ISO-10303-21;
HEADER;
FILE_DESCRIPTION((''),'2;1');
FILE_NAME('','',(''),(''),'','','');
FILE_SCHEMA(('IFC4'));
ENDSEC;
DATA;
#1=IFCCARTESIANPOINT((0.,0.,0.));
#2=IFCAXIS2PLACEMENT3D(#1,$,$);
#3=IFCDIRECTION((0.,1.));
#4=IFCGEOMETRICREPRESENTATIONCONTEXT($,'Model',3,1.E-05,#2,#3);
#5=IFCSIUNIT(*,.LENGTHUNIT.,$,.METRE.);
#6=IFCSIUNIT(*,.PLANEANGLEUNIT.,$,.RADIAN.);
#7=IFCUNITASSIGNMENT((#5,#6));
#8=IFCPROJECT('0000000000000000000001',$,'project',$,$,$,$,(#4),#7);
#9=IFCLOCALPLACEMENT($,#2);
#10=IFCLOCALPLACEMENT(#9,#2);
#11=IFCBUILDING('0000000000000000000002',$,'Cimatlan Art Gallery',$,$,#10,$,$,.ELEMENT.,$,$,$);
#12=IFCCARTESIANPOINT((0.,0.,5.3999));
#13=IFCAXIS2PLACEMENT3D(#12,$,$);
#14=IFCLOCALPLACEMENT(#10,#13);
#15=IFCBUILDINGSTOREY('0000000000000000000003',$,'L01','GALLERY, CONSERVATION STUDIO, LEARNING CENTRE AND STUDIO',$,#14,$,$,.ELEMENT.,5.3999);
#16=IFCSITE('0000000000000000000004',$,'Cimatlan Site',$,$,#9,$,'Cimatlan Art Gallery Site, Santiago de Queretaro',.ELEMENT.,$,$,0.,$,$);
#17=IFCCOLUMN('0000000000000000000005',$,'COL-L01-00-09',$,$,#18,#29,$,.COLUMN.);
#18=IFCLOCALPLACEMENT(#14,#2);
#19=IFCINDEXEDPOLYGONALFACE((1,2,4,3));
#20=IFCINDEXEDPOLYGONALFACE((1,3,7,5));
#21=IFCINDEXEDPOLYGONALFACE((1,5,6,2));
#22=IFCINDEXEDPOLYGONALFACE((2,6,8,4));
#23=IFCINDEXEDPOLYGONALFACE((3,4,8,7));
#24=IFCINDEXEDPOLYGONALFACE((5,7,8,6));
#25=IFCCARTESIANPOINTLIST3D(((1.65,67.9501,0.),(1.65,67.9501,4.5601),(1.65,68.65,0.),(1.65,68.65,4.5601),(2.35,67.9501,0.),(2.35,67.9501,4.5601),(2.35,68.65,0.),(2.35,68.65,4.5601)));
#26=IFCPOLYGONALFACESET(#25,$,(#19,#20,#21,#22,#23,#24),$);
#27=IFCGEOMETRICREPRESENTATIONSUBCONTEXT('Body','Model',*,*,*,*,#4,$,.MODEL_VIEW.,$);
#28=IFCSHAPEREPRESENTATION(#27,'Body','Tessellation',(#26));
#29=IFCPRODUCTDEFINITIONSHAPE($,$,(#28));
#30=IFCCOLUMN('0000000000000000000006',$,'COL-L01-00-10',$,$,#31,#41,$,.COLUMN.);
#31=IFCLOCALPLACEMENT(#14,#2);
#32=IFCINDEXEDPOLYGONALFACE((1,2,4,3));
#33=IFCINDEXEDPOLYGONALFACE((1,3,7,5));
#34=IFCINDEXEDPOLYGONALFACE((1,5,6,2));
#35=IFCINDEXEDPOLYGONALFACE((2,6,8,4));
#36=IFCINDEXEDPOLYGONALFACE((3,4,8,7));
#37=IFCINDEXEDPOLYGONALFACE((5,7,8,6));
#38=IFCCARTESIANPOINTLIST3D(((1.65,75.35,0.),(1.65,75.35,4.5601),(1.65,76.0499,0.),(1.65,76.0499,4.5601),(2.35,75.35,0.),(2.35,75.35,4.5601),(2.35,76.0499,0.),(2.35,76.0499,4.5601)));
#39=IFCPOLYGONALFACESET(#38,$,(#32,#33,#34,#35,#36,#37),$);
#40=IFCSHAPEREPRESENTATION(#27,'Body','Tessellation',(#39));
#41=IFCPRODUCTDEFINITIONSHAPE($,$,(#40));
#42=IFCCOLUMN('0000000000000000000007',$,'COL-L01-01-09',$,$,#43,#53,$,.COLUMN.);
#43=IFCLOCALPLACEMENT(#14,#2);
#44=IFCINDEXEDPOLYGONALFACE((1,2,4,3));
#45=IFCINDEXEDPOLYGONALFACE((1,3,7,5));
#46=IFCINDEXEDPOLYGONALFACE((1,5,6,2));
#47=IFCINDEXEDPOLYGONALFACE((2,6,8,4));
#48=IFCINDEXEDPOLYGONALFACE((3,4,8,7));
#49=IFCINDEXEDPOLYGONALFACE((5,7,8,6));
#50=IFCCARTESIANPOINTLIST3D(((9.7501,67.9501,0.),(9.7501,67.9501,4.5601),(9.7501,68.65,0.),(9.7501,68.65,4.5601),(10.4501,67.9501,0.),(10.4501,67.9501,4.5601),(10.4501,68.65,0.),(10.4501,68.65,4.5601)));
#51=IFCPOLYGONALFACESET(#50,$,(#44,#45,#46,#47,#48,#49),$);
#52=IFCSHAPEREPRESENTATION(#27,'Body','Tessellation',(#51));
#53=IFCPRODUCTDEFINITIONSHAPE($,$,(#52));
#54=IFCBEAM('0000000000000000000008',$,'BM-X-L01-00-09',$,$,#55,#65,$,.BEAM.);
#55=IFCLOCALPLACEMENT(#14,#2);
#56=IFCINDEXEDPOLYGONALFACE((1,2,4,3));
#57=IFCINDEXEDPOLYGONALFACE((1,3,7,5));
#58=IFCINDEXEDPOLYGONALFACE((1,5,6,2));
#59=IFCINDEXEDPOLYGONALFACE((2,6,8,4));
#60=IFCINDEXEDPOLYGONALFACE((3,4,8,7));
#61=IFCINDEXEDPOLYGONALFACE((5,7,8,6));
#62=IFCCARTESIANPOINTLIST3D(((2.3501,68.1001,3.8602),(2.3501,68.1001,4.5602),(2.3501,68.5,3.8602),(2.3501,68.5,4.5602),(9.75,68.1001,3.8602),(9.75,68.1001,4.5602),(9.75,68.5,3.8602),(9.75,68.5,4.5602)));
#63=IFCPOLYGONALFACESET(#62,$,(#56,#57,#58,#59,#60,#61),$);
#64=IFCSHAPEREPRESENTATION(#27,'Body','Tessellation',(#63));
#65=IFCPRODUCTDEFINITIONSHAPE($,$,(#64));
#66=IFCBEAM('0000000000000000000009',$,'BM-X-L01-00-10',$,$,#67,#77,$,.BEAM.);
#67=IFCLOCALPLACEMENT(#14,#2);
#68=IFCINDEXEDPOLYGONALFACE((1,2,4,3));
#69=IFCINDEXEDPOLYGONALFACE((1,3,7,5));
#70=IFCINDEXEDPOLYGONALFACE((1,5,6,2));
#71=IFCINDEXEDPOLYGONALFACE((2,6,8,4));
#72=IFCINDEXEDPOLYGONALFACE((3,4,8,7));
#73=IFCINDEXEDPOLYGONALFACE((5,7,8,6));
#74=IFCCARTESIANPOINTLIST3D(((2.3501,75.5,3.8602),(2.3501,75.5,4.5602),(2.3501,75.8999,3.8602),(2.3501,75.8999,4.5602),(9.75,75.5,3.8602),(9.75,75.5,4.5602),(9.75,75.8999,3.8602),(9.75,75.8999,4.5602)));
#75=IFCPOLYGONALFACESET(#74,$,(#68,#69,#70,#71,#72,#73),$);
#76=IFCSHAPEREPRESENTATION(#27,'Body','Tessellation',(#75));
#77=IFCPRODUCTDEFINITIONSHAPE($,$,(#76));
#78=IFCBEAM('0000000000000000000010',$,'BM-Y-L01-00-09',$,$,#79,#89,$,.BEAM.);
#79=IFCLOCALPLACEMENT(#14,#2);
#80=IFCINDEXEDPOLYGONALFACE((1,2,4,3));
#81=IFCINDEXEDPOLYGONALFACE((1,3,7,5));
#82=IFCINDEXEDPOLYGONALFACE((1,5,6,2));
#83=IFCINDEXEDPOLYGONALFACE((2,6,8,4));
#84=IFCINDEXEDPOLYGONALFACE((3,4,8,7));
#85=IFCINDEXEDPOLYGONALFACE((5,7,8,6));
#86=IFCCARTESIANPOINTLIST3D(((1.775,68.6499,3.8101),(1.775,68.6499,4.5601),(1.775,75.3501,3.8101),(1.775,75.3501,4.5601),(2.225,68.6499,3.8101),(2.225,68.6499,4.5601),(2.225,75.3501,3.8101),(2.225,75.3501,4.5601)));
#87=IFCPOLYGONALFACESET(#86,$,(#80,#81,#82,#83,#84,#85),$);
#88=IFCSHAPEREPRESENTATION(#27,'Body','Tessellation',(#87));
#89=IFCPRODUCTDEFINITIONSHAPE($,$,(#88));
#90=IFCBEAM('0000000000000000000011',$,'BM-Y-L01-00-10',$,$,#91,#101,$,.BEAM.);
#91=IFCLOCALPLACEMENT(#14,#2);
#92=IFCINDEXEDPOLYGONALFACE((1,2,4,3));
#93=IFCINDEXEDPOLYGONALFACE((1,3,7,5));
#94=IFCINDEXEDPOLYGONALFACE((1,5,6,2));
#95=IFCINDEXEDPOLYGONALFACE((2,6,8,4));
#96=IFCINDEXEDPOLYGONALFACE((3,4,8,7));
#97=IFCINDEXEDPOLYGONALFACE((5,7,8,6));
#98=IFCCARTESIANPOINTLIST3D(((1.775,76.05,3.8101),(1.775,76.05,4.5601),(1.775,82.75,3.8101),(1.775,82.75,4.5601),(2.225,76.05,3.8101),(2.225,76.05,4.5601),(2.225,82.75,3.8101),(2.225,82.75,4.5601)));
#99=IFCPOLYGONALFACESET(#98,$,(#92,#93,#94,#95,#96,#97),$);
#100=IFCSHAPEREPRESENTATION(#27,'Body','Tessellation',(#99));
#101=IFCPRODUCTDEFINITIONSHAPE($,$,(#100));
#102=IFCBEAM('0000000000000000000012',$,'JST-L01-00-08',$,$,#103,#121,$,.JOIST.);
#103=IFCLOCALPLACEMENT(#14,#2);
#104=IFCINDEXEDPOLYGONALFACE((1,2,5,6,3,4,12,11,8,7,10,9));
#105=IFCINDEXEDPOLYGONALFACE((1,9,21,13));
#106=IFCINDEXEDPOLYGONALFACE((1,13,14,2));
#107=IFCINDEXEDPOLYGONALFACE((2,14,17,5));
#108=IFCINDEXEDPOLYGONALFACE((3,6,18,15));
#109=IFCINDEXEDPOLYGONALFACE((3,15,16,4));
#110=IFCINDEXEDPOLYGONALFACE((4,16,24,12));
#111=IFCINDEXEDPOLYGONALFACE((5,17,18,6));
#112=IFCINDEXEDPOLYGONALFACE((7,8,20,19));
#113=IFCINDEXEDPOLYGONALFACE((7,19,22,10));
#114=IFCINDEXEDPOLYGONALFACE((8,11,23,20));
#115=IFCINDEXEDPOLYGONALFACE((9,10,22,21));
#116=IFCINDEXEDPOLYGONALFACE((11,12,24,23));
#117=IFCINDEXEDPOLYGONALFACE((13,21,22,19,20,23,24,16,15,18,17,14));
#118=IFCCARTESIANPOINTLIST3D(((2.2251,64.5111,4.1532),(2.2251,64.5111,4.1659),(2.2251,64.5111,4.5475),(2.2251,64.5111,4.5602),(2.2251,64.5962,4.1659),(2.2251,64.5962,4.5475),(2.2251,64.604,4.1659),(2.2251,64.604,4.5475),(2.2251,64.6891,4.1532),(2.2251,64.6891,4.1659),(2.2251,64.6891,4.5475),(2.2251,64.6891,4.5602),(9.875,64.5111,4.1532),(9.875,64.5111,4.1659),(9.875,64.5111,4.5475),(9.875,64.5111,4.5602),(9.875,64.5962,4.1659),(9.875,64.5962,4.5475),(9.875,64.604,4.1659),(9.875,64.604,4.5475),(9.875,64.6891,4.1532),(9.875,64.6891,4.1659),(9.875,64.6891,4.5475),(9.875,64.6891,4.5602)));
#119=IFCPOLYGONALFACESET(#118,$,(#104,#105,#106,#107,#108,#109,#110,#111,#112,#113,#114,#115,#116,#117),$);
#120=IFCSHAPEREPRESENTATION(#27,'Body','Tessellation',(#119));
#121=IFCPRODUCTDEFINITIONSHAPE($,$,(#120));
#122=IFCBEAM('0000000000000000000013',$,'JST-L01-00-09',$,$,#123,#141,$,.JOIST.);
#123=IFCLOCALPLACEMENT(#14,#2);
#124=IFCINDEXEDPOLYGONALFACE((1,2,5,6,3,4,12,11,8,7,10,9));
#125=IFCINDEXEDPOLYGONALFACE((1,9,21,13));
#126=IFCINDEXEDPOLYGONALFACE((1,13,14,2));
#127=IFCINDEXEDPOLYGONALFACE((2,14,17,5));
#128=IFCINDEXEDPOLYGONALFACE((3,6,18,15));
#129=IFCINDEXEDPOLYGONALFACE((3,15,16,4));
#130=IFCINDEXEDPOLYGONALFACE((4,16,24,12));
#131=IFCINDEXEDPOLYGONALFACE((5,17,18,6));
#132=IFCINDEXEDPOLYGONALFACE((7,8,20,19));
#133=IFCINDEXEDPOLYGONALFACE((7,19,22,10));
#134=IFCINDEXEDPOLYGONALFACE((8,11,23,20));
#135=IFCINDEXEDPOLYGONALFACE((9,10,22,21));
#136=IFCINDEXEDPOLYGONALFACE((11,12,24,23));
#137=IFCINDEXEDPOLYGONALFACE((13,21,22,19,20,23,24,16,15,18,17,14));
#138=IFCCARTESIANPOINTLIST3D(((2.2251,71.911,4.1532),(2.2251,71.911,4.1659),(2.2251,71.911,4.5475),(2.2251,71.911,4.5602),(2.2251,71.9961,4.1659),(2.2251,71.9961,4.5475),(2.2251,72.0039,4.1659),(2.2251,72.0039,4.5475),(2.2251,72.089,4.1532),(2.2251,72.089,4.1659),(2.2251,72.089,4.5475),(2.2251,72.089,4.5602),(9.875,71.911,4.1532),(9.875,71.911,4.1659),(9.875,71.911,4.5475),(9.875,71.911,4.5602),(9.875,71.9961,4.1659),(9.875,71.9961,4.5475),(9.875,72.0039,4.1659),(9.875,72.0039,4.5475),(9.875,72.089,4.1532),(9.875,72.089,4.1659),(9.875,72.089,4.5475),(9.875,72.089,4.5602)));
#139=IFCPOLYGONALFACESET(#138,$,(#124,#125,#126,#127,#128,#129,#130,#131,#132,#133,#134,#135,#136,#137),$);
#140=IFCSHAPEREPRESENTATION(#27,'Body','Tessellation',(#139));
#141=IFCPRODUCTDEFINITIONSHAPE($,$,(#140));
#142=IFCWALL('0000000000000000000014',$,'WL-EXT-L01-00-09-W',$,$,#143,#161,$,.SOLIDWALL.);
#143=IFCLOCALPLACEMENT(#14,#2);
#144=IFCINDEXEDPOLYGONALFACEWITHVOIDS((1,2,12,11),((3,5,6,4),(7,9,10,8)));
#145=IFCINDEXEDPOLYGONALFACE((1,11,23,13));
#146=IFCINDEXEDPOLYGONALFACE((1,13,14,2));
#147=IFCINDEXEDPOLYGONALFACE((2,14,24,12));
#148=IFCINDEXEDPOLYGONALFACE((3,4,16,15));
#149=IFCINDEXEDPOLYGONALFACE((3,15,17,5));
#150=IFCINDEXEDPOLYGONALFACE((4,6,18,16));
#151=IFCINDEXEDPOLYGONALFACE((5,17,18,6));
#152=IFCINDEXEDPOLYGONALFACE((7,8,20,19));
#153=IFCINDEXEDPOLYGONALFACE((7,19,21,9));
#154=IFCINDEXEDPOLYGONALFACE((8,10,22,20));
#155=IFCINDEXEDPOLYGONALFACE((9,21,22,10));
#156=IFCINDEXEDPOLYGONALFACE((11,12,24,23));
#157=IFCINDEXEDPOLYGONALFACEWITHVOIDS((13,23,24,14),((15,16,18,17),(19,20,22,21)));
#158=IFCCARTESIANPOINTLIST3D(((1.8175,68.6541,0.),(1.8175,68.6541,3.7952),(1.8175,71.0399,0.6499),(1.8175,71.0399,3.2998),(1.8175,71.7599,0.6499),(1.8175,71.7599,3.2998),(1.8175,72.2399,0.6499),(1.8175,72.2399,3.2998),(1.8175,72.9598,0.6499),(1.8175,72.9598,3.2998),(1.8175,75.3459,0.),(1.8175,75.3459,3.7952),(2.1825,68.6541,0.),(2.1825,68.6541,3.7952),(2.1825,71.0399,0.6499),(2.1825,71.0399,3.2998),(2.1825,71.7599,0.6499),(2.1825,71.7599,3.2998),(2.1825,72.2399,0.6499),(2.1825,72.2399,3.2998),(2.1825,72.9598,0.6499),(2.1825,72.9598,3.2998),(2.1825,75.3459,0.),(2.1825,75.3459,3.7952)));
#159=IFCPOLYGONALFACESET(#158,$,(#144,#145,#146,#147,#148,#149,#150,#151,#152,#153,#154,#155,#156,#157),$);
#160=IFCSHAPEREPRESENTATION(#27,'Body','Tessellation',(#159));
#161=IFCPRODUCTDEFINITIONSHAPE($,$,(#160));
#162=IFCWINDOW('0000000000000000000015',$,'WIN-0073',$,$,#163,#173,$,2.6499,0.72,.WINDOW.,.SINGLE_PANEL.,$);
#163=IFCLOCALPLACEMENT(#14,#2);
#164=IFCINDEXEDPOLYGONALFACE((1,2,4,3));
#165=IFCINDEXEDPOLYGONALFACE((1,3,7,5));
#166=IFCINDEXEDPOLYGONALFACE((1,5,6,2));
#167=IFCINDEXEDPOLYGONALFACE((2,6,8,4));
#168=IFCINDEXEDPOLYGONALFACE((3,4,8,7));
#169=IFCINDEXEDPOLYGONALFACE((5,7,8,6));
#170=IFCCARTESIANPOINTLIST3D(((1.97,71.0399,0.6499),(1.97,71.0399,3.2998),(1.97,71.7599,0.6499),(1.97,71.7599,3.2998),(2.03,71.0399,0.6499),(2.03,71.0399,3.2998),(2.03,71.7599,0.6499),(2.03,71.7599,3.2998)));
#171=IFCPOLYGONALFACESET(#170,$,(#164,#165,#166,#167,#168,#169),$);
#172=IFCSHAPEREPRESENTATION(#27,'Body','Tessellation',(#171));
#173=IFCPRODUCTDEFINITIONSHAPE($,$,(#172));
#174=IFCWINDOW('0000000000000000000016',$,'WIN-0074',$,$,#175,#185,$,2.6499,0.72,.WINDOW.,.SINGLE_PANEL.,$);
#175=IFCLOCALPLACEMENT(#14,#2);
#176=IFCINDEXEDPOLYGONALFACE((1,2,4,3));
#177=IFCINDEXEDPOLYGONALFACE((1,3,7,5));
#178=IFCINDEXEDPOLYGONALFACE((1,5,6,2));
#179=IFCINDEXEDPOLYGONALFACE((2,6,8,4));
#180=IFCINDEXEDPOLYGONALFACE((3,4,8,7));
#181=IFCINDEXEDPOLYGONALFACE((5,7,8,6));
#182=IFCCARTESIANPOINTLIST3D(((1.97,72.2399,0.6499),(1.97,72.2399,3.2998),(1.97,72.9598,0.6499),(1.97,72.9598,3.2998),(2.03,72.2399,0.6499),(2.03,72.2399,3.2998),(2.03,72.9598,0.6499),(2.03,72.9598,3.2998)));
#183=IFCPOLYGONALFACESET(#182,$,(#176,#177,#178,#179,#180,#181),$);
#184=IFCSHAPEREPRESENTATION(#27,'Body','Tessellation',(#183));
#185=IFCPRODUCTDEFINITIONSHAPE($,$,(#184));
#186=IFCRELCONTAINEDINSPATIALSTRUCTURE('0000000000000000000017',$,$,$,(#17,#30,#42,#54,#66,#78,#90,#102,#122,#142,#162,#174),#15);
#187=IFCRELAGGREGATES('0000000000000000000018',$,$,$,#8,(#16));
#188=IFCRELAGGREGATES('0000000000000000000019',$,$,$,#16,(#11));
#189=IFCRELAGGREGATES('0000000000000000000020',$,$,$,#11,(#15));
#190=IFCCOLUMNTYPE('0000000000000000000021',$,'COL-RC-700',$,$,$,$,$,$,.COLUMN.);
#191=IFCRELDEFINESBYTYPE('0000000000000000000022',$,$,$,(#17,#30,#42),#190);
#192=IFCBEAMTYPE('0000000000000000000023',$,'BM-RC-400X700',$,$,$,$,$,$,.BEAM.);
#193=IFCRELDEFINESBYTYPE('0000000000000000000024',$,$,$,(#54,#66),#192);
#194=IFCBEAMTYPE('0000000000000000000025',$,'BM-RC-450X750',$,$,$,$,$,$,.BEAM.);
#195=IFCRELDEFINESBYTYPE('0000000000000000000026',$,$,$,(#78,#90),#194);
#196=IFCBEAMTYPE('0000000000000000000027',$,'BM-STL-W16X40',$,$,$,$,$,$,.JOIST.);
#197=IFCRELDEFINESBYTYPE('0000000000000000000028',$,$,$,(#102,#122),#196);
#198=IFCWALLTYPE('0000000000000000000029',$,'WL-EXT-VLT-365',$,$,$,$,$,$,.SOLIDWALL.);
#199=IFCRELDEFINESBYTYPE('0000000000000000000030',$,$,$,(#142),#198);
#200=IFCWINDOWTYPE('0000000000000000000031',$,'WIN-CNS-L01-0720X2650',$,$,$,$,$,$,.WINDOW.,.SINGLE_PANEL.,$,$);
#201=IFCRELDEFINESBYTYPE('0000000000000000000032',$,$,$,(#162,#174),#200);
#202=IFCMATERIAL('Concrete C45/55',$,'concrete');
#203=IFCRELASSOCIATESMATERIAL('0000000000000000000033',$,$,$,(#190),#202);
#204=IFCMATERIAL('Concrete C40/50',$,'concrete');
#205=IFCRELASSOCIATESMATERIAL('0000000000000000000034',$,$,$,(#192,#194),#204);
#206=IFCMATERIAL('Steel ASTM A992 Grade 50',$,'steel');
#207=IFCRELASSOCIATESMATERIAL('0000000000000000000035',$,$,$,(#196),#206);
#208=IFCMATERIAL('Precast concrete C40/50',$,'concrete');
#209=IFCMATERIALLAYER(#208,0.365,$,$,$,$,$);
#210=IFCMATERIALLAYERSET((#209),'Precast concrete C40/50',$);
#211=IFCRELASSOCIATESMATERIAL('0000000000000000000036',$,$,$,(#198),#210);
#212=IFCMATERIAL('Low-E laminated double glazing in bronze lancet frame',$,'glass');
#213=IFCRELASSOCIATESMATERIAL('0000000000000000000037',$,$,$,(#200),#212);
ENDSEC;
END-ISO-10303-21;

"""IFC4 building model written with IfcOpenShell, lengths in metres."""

from ifc_helpers import new_model, si_unit, direction, frame, frame_2d, origin, origin_2d, place, context, subcontext, project, spatial, rectangle, i_section, extrude, material, layer, layer_set, material_profile, profile_set, type_object, element, fill, save


model = new_model("IFC4")

# Units and contexts
model_context = context("Model", 3, precision=1e-05, world=origin(), true_north=direction((0.0, 1.0)))
body_context = subcontext(model_context, "Body", "Model", "MODEL_VIEW")
ifc_project = project(units=[si_unit("LENGTHUNIT", "METRE"), si_unit("PLANEANGLEUNIT", "RADIAN")], contexts=[model_context])

# Site, building, storey
site_placement = place(None, origin())
site = spatial("IfcSite", under=ifc_project, at=site_placement, Name="Cimatlan Site", LongName="Cimatlan Art Gallery Site, Santiago de Queretaro", CompositionType="ELEMENT", RefElevation=0.0)
building_placement = place(site_placement, origin())
building = spatial("IfcBuilding", under=site, at=building_placement, Name="Cimatlan Art Gallery", CompositionType="ELEMENT")
storey_placement = place(building_placement, frame((0.0, 0.0, 5.3999)))
storey = spatial("IfcBuildingStorey", under=building, at=storey_placement, Name="L01", Description="GALLERY, CONSERVATION STUDIO, LEARNING CENTRE AND STUDIO", CompositionType="ELEMENT", Elevation=5.3999)

# Columns
ifc_material_1 = material(Name="Concrete C45/55", Category="concrete")
ifc_material_profile_1 = material_profile(ifc_material_1, rectangle(XDim=0.7, YDim=0.7, at=origin_2d()), Name="RC700X700")
ifc_profile_set_1 = profile_set([ifc_material_profile_1], Name="Concrete C45/55")
column_type = type_object("IfcColumnType", Name="COL-RC-700", PredefinedType="COLUMN", material=ifc_profile_set_1)
for number, where, z_axis, x_axis, name in (
    (1, (2.0, 68.3, 0.0), (0.0, 0.0, 1.0), (1.0, 0.0, 0.0), "COL-L01-00-09"),
    (2, (2.0, 75.7, 0.0), (0.0, 0.0, 1.0), (1.0, 0.0, 0.0), "COL-L01-00-10"),
    (3, (10.1001, 68.3, 0.0), (0.0, 0.0, 1.0), (1.0, 0.0, 0.0), "COL-L01-01-09"),
):
    element("IfcColumn", number, at=place(storey_placement, frame(where, z_axis=z_axis, x_axis=x_axis)), inside=storey, type_object=column_type, Name=name, PredefinedType="COLUMN", context=body_context, shape_type="SweptSolid", body=[
        extrude(rectangle(XDim=0.7, YDim=0.7, at=origin_2d()), origin(), (0.0, 0.0, 1.0), 4.5601),
    ])

# Beams
ifc_material_2 = material(Name="Concrete C40/50", Category="concrete")
ifc_material_profile_2 = material_profile(ifc_material_2, rectangle(XDim=0.3999, YDim=0.7, at=origin_2d()), Name="RC400X700")
ifc_profile_set_2 = profile_set([ifc_material_profile_2], Name="Concrete C40/50")
beam_type_1 = type_object("IfcBeamType", Name="BM-RC-400X700", PredefinedType="BEAM", material=ifc_profile_set_2)
for number, where, z_axis, x_axis, name in (
    (4, (2.3501, 68.3, 4.2102), (1.0, 0.0, 0.0), (0.0, 1.0, 0.0), "BM-X-L01-00-09"),
    (5, (2.3501, 75.7, 4.2102), (1.0, 0.0, 0.0), (0.0, 1.0, 0.0), "BM-X-L01-00-10"),
):
    element("IfcBeam", number, at=place(storey_placement, frame(where, z_axis=z_axis, x_axis=x_axis)), inside=storey, type_object=beam_type_1, Name=name, PredefinedType="BEAM", context=body_context, shape_type="SweptSolid", body=[
        extrude(rectangle(XDim=0.3999, YDim=0.7, at=origin_2d()), origin(), (0.0, 0.0, 1.0), 7.3999),
    ])
ifc_material_profile_3 = material_profile(ifc_material_2, rectangle(XDim=0.45, YDim=0.75, at=origin_2d()), Name="RC450X750")
ifc_profile_set_3 = profile_set([ifc_material_profile_3], Name="Concrete C40/50")
beam_type_2 = type_object("IfcBeamType", Name="BM-RC-450X750", PredefinedType="BEAM", material=ifc_profile_set_3)
beam_1_placement = place(storey_placement, frame((2.0, 68.6499, 4.1851), z_axis=(0.0, 1.0, 0.0), x_axis=(-1.0, 0.0, 0.0)))
element("IfcBeam", 6, at=beam_1_placement, inside=storey, type_object=beam_type_2, Name="BM-Y-L01-00-09", PredefinedType="BEAM", context=body_context, shape_type="SweptSolid", body=[
    extrude(rectangle(XDim=0.45, YDim=0.75, at=origin_2d()), origin(), (0.0, 0.0, 1.0), 6.7002),
])
beam_2_placement = place(storey_placement, frame((2.0, 76.05, 4.1851), z_axis=(0.0, 1.0, 0.0), x_axis=(-1.0, 0.0, 0.0)))
element("IfcBeam", 7, at=beam_2_placement, inside=storey, type_object=beam_type_2, Name="BM-Y-L01-00-10", PredefinedType="BEAM", context=body_context, shape_type="SweptSolid", body=[
    extrude(rectangle(XDim=0.45, YDim=0.75, at=origin_2d()), origin(), (0.0, 0.0, 1.0), 6.7),
])
ifc_material_3 = material(Name="Steel ASTM A992 Grade 50", Category="steel")
ifc_material_profile_4 = material_profile(ifc_material_3, i_section(OverallWidth=0.178, OverallDepth=0.407, WebThickness=0.0078, FlangeThickness=0.0127, at=origin_2d()), Name="W16X40")
ifc_profile_set_4 = profile_set([ifc_material_profile_4], Name="Steel ASTM A992 Grade 50")
beam_type_3 = type_object("IfcBeamType", Name="BM-STL-W16X40", PredefinedType="JOIST", material=ifc_profile_set_4)
for number, where, z_axis, x_axis, name in (
    (8, (2.2251, 64.6001, 4.3567), (1.0, 0.0, 0.0), (0.0, 1.0, 0.0), "JST-L01-00-08"),
    (9, (2.2251, 72.0, 4.3567), (1.0, 0.0, 0.0), (0.0, 1.0, 0.0), "JST-L01-00-09"),
):
    element("IfcBeam", number, at=place(storey_placement, frame(where, z_axis=z_axis, x_axis=x_axis)), inside=storey, type_object=beam_type_3, Name=name, PredefinedType="JOIST", context=body_context, shape_type="SweptSolid", body=[
        extrude(i_section(OverallWidth=0.178, OverallDepth=0.407, WebThickness=0.0078, FlangeThickness=0.0127, at=origin_2d()), origin(), (0.0, 0.0, 1.0), 7.6499),
    ])

# Wall, openings, windows
ifc_material_4 = material(Name="Precast concrete C40/50", Category="concrete")
ifc_layer_1 = layer(ifc_material_4, 0.365)
ifc_layer_set_1 = layer_set([ifc_layer_1], Name="Precast concrete C40/50")
wall_type = type_object("IfcWallType", Name="WL-EXT-VLT-365", PredefinedType="SOLIDWALL", material=ifc_layer_set_1)
wall_placement = place(storey_placement, frame((2.0, 68.6541, 0.0), z_axis=(0.0, 0.0, 1.0), x_axis=(0.0, 1.0, 0.0)))
wall = element("IfcWall", 10, at=wall_placement, inside=storey, type_object=wall_type, Name="WL-EXT-L01-00-09-W", PredefinedType="SOLIDWALL", context=body_context, shape_type="SweptSolid", body=[
    extrude(rectangle(XDim=6.6919, YDim=0.365, at=frame_2d((3.3459, 0.0))), origin(), (0.0, 0.0, 1.0), 3.7952),
])
opening_1_placement = place(wall_placement, frame((2.386, 0.0, 0.6499)))
opening_1 = element("IfcOpeningElement", 11, at=opening_1_placement, cuts=wall, PredefinedType="OPENING", context=body_context, shape_type="SweptSolid", body=[
    extrude(rectangle(XDim=0.72, YDim=2.6499, at=frame_2d((0.3599, 1.325))), frame((0.0, 0.1924, 0.0), z_axis=(0.0, -1.0, 0.0), x_axis=(1.0, 0.0, 0.0)), (0.0, 0.0, 1.0), 0.385),
])
opening_2_placement = place(wall_placement, frame((3.5859, 0.0, 0.6499)))
opening_2 = element("IfcOpeningElement", 12, at=opening_2_placement, cuts=wall, PredefinedType="OPENING", context=body_context, shape_type="SweptSolid", body=[
    extrude(rectangle(XDim=0.72, YDim=2.6499, at=frame_2d((0.3599, 1.325))), frame((0.0, 0.1924, 0.0), z_axis=(0.0, -1.0, 0.0), x_axis=(1.0, 0.0, 0.0)), (0.0, 0.0, 1.0), 0.385),
])
ifc_material_5 = material(Name="Low-E laminated double glazing in bronze lancet frame", Category="glass")
window_type = type_object("IfcWindowType", Name="WIN-CNS-L01-0720X2650", PartitioningType="SINGLE_PANEL", PredefinedType="WINDOW", material=ifc_material_5)
window_1_placement = place(opening_1_placement, origin())
window_1 = element("IfcWindow", 13, at=window_1_placement, inside=storey, type_object=window_type, Name="WIN-0073", OverallHeight=2.6499, OverallWidth=0.72, PartitioningType="SINGLE_PANEL", PredefinedType="WINDOW", context=body_context, shape_type="SweptSolid", body=[
    extrude(rectangle(XDim=0.72, YDim=2.6499, at=frame_2d((0.3599, 1.325))), frame((0.0, 0.03, 0.0), z_axis=(0.0, -1.0, 0.0), x_axis=(1.0, 0.0, 0.0)), (0.0, 0.0, 1.0), 0.0601),
])
fill(opening_1, window_1)
window_2_placement = place(opening_2_placement, origin())
window_2 = element("IfcWindow", 14, at=window_2_placement, inside=storey, type_object=window_type, Name="WIN-0074", OverallHeight=2.6499, OverallWidth=0.72, PartitioningType="SINGLE_PANEL", PredefinedType="WINDOW", context=body_context, shape_type="SweptSolid", body=[
    extrude(rectangle(XDim=0.72, YDim=2.6499, at=frame_2d((0.3599, 1.325))), frame((0.0, 0.03, 0.0), z_axis=(0.0, -1.0, 0.0), x_axis=(1.0, 0.0, 0.0)), (0.0, 0.0, 1.0), 0.0601),
])
fill(opening_2, window_2)

save(model, "model.ifc")
